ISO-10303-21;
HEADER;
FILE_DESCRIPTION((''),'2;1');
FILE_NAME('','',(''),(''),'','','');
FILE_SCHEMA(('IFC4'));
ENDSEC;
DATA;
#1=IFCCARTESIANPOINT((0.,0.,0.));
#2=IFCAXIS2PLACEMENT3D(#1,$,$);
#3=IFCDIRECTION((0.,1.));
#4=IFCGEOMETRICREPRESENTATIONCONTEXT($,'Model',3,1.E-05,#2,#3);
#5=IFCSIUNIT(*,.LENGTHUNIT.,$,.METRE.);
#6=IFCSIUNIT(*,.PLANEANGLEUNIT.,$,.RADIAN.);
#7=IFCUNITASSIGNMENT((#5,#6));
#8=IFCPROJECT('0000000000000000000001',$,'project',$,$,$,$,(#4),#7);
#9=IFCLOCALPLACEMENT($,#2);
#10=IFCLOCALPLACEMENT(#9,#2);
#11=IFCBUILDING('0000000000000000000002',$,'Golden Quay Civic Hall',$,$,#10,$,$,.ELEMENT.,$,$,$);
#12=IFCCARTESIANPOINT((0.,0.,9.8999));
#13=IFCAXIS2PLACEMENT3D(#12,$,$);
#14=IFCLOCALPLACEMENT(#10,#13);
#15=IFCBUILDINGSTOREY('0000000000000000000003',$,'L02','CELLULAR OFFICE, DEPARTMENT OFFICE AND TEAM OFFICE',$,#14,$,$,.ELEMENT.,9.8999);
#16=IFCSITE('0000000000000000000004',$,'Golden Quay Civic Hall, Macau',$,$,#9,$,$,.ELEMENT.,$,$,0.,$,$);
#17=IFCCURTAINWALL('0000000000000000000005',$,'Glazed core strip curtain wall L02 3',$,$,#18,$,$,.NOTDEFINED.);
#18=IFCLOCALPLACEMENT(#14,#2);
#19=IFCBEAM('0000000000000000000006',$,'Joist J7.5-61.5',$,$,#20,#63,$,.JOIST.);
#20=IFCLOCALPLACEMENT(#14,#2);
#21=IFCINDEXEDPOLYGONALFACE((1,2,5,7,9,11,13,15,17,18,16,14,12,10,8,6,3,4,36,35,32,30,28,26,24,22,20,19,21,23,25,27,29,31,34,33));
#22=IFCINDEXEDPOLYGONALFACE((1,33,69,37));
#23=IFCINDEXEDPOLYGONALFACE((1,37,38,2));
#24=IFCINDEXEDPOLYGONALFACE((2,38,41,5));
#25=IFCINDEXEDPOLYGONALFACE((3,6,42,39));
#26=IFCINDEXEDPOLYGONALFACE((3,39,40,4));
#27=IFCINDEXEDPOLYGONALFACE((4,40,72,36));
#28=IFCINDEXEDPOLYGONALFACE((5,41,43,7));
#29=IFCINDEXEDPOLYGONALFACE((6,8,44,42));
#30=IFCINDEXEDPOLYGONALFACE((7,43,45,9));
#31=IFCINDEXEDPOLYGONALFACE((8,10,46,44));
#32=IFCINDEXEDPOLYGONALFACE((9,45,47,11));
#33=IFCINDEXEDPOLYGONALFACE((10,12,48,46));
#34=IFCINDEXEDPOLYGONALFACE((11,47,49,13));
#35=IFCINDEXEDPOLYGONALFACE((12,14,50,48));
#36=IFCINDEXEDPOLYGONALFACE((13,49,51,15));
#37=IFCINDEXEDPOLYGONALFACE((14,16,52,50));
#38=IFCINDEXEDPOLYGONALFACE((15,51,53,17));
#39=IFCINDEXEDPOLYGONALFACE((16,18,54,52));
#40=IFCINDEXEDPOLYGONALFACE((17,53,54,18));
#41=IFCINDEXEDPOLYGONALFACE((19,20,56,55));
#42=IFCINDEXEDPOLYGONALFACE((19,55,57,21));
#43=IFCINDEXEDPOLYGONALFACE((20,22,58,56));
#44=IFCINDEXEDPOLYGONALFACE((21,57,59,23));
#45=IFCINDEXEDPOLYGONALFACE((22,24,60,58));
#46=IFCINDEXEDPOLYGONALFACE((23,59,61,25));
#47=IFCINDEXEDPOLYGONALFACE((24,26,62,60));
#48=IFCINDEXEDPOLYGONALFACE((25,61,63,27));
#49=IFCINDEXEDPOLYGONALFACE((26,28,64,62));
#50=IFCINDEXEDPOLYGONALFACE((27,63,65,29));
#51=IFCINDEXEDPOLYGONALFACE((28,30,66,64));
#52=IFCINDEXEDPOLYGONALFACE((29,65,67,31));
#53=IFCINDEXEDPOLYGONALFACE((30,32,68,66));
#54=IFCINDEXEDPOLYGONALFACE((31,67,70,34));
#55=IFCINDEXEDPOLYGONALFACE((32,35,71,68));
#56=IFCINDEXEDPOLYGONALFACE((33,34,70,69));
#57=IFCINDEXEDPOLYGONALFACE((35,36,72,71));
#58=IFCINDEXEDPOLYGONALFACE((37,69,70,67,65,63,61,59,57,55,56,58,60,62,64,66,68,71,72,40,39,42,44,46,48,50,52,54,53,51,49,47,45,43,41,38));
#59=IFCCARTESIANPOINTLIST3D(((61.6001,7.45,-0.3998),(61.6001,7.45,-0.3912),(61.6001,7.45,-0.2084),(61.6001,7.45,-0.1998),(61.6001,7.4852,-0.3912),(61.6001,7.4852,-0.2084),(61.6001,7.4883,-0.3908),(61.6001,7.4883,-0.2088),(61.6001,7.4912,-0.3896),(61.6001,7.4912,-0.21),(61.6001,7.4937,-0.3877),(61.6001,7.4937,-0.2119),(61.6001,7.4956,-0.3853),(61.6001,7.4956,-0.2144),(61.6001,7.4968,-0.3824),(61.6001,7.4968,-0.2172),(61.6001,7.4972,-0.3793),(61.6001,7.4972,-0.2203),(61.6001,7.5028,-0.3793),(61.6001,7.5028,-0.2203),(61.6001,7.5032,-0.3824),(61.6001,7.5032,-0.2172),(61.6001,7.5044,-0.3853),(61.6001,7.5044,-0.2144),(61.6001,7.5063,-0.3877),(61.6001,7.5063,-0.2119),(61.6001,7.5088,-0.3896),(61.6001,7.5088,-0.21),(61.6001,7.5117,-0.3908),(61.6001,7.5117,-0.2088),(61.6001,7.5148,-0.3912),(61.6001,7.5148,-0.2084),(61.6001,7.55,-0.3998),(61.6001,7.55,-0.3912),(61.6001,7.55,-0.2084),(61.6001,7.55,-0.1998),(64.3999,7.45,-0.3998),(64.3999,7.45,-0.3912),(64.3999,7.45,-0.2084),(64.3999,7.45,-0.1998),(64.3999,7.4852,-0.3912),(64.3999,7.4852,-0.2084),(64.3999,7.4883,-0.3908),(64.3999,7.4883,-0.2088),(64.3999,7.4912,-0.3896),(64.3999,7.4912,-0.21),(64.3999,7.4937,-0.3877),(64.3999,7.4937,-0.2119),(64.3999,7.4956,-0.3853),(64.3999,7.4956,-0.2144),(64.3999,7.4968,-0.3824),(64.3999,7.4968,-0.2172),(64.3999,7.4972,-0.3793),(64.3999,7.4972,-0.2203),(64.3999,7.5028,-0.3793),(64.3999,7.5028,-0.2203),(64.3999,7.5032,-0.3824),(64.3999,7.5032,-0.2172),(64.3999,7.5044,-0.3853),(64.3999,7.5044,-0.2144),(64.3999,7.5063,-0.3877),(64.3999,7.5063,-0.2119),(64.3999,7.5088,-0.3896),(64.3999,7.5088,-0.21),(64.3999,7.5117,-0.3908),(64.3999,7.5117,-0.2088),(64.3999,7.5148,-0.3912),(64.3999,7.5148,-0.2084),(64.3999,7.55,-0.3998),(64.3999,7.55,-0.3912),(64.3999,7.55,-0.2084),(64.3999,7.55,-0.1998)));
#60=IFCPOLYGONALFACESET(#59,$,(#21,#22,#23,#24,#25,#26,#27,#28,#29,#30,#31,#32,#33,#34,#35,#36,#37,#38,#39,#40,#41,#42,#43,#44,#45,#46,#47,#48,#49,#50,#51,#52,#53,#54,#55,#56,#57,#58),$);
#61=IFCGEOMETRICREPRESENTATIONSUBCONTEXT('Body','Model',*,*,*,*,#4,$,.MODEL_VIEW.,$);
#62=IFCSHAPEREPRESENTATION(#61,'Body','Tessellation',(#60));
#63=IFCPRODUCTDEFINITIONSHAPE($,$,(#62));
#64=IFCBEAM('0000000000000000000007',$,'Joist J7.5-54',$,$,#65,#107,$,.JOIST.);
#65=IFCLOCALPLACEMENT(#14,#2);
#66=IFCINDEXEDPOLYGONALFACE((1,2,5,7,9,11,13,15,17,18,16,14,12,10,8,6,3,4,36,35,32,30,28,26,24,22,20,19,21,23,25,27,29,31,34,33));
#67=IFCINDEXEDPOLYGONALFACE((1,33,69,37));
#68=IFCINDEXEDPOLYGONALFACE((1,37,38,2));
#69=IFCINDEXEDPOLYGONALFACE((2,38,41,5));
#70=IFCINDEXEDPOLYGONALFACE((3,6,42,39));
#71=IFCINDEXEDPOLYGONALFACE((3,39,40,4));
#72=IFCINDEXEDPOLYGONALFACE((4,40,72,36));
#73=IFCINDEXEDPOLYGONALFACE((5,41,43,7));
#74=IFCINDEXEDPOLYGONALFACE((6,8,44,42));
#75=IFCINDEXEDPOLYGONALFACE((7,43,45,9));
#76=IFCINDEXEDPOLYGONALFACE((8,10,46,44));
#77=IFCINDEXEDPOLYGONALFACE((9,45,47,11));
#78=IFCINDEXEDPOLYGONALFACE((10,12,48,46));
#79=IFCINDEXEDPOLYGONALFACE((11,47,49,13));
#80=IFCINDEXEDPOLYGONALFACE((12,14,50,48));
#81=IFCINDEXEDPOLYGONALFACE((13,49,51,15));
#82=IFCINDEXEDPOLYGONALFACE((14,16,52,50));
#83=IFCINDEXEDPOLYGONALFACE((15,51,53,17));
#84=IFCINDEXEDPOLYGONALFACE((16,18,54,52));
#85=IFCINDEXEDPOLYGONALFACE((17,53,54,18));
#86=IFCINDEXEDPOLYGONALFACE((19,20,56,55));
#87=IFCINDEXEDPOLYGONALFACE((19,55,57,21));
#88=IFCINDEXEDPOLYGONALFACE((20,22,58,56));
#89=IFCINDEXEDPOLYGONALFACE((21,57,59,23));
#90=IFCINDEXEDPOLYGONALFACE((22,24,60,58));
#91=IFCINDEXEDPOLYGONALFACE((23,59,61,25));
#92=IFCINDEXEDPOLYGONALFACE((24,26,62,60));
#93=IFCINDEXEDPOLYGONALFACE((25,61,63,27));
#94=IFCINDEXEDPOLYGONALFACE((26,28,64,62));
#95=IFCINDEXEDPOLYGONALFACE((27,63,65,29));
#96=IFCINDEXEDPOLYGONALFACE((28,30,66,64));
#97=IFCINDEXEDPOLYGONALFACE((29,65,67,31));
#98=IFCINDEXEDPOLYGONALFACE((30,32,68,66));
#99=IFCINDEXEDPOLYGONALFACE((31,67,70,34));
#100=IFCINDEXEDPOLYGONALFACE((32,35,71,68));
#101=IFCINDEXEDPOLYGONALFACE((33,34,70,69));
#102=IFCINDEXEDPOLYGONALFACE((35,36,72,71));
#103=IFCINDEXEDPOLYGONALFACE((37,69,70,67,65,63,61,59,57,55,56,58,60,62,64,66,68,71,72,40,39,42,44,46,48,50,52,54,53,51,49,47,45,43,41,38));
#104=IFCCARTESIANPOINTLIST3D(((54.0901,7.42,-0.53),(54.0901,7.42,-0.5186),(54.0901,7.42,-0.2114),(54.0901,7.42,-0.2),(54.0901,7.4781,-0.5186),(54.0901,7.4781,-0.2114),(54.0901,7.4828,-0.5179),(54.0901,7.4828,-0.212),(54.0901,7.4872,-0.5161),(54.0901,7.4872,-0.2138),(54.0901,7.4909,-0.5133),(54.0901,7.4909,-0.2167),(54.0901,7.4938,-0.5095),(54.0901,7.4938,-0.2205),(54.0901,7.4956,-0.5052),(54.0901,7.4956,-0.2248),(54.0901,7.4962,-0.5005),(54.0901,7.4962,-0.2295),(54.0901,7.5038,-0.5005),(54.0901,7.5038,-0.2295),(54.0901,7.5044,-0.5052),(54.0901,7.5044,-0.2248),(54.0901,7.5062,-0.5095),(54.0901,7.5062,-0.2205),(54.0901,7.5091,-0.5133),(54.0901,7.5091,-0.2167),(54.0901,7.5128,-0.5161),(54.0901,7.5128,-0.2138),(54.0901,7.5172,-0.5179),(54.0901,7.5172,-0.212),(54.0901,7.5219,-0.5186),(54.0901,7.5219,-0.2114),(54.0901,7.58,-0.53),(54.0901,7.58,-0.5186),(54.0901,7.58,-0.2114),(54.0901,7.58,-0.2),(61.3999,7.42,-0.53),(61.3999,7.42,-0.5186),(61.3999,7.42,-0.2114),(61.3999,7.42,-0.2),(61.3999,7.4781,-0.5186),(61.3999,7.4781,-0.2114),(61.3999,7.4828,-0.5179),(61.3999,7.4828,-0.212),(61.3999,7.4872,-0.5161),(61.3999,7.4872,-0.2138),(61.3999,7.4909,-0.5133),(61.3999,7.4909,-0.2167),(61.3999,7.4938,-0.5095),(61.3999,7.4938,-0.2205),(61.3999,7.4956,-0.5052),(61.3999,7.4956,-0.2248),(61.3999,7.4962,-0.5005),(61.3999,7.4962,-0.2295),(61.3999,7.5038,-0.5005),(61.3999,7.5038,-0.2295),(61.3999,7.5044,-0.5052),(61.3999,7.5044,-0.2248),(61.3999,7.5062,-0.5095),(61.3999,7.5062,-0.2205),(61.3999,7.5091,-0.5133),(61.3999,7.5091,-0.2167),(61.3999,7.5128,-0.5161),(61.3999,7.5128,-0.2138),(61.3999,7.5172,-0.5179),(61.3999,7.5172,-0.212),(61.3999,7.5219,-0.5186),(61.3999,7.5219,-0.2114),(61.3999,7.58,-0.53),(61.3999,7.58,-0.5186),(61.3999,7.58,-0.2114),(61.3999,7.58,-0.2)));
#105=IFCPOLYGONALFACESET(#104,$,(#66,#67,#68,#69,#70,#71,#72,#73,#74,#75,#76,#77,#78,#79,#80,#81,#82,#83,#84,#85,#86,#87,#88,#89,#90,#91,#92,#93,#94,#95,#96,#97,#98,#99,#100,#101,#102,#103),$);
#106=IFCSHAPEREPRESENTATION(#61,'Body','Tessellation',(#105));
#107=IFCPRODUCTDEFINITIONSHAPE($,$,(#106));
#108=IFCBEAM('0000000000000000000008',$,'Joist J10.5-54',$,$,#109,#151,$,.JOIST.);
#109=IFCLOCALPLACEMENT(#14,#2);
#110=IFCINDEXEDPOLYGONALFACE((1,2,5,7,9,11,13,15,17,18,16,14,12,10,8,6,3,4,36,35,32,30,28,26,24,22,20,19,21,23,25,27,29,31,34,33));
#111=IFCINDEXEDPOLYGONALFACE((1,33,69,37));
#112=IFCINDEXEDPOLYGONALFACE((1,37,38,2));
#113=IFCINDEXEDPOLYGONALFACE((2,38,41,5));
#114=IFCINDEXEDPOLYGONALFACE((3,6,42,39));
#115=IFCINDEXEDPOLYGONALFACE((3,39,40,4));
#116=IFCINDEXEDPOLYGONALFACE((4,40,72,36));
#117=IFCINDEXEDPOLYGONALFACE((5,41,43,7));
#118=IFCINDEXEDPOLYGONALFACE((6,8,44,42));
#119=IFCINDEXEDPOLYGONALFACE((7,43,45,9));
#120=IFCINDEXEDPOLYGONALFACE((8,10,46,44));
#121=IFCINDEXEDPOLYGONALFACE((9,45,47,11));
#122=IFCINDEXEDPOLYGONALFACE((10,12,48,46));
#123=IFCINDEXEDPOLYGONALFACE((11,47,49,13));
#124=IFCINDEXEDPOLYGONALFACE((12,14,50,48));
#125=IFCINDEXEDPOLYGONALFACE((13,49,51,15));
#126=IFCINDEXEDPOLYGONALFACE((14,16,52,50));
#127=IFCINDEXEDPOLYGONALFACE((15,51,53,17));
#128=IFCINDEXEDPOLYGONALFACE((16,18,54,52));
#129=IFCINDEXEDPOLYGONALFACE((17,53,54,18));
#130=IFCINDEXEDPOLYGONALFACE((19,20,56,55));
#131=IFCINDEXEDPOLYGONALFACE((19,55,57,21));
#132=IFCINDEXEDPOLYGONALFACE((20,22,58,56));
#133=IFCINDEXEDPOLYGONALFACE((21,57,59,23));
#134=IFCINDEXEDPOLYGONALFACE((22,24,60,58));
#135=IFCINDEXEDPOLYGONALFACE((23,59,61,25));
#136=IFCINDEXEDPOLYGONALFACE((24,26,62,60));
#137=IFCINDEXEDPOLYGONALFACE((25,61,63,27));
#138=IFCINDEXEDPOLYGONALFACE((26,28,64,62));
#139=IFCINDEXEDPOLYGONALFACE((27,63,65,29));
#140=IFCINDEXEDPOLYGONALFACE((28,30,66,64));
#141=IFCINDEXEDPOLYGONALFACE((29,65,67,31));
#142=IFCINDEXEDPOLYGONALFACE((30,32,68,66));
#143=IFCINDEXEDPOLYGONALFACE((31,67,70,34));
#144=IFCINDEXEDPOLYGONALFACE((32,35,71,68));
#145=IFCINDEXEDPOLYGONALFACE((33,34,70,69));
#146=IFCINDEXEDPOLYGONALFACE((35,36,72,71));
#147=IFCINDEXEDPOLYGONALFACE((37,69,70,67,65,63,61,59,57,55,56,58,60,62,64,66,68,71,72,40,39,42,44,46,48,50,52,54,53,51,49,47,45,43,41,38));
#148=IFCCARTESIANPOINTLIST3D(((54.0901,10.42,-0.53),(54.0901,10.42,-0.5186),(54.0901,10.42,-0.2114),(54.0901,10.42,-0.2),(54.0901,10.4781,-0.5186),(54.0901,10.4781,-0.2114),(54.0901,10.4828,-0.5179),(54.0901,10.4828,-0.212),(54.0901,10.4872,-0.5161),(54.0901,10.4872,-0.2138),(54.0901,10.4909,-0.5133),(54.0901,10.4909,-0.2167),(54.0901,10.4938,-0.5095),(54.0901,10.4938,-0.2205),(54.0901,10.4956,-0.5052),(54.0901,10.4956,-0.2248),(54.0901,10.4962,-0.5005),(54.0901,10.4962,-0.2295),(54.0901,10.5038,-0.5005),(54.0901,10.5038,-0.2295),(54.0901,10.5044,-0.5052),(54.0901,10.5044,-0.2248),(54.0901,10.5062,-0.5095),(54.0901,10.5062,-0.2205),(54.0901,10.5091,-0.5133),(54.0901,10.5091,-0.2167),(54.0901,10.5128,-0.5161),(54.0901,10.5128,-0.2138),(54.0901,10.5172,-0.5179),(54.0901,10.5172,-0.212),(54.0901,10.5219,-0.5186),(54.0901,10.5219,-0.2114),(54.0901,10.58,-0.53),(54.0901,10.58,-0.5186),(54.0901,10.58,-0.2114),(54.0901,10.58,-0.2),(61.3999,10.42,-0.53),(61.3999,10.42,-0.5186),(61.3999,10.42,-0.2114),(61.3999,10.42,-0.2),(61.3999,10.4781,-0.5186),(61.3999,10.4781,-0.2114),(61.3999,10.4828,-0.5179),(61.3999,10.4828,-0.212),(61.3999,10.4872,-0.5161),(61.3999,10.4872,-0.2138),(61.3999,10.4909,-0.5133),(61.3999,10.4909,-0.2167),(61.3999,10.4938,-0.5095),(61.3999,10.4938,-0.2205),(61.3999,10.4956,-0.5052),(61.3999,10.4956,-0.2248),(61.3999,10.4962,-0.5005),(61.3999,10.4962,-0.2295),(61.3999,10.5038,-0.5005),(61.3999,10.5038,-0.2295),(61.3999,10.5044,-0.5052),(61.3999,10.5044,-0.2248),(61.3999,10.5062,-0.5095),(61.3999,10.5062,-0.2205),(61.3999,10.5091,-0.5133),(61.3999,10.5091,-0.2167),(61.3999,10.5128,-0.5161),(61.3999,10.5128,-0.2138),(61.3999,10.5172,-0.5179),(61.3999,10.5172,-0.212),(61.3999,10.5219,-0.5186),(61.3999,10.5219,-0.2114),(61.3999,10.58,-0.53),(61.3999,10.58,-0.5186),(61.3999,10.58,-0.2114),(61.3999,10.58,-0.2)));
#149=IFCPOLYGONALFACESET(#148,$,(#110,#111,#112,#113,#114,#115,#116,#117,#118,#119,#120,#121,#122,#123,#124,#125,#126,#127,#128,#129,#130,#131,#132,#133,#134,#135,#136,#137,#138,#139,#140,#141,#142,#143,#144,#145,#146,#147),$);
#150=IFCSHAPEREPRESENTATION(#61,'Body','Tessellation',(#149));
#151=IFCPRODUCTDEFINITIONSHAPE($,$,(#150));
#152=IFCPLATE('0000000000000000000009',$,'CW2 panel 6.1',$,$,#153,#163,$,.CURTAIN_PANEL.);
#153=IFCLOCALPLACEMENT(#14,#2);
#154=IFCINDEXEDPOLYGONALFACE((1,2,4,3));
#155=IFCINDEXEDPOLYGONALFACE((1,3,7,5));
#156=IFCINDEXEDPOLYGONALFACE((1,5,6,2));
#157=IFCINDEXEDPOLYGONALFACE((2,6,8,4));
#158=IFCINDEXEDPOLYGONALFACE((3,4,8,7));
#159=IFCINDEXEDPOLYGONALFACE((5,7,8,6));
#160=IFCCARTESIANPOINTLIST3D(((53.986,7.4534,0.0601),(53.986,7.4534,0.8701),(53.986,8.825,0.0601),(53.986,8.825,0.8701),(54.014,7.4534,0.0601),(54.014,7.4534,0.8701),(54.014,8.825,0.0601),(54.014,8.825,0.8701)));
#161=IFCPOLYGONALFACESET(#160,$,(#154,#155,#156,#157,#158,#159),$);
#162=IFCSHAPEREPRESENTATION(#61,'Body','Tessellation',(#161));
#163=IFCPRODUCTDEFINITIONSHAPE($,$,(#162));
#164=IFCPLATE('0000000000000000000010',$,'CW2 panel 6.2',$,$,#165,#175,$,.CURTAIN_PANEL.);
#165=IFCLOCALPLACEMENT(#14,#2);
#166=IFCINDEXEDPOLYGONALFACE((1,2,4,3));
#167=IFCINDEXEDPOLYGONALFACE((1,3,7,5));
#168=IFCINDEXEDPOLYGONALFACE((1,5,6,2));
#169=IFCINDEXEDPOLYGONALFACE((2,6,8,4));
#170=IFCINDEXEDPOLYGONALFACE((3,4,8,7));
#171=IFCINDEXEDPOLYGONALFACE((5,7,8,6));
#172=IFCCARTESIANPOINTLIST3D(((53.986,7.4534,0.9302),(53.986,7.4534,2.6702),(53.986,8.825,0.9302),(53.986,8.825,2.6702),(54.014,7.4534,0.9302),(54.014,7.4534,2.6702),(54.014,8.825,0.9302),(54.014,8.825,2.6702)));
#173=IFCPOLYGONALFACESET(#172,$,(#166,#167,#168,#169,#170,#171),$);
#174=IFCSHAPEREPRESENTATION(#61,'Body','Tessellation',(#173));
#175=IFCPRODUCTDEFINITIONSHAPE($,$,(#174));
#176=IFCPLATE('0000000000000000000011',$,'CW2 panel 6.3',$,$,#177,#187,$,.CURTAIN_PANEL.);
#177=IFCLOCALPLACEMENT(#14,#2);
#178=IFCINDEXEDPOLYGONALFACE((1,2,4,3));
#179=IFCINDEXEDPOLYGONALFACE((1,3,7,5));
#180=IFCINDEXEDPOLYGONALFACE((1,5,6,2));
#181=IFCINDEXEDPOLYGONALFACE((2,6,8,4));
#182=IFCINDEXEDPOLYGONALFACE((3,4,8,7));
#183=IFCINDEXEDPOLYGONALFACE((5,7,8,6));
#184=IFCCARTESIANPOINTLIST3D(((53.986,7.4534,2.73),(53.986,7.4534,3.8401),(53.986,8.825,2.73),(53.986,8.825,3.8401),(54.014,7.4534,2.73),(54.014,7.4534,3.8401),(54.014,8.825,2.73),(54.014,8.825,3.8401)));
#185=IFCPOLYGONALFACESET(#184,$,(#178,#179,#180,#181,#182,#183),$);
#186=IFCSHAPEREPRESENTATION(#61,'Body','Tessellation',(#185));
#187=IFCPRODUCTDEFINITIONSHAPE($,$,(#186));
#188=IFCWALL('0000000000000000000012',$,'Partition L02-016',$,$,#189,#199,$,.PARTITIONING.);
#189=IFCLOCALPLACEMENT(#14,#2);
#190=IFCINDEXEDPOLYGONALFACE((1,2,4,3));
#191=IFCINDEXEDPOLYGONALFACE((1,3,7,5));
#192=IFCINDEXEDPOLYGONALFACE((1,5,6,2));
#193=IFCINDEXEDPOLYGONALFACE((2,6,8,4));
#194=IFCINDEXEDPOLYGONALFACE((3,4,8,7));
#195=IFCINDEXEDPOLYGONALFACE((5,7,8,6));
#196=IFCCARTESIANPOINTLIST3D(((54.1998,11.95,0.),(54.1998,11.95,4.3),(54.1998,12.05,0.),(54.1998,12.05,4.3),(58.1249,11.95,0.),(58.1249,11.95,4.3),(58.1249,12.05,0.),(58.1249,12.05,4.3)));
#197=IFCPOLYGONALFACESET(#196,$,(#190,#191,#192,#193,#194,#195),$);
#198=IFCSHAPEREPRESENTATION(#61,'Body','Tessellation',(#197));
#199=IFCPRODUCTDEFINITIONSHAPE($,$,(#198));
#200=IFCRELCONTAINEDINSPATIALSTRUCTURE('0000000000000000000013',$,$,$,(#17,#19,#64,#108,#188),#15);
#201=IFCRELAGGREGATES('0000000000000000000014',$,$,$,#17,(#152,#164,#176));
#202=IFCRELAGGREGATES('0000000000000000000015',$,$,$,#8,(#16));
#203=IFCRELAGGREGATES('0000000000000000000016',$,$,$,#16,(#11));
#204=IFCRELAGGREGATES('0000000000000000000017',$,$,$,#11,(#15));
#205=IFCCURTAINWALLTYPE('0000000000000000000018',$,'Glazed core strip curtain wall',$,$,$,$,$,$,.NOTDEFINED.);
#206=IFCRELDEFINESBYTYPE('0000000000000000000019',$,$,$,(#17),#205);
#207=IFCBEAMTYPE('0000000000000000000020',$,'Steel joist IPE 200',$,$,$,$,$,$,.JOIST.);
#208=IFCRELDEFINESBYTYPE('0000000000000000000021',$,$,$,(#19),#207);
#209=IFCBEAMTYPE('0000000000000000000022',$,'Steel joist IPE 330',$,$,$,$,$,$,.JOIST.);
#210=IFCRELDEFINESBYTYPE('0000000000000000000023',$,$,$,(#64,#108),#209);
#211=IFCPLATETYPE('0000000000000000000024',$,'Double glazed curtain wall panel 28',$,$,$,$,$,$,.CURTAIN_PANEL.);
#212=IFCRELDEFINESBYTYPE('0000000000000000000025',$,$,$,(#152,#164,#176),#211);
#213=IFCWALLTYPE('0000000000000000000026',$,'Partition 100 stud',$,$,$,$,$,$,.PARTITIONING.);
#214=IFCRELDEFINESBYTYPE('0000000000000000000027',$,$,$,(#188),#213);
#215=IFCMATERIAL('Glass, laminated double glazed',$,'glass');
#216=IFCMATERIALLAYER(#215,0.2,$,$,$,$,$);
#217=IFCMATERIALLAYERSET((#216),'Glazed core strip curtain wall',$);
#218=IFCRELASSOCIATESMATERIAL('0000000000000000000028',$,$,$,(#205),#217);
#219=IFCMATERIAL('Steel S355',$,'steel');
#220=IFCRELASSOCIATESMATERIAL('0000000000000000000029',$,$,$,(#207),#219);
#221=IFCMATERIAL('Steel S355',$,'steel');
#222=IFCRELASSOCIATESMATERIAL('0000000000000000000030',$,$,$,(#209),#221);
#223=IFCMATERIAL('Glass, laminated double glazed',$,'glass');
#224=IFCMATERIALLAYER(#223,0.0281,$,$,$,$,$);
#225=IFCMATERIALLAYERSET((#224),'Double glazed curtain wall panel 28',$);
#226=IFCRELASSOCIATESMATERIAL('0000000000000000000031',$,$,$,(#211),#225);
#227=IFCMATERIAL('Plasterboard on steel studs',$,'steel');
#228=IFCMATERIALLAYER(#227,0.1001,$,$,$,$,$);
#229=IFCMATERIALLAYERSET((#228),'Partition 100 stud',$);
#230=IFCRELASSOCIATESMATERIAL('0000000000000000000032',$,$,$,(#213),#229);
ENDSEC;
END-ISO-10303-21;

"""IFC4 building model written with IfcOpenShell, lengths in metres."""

from ifc_helpers import new_model, si_unit, direction, frame, frame_2d, origin, origin_2d, place, context, subcontext, project, spatial, rectangle, i_section, extrude, material, layer, layer_set, material_profile, profile_set, type_object, element, aggregate, save


model = new_model("IFC4")

# Units and contexts
model_context = context("Model", 3, precision=1e-05, world=origin(), true_north=direction((0.0, 1.0)))
body_context = subcontext(model_context, "Body", "Model", "MODEL_VIEW")
ifc_project = project(units=[si_unit("LENGTHUNIT", "METRE"), si_unit("PLANEANGLEUNIT", "RADIAN")], contexts=[model_context])

# Site, building, storey
site_placement = place(None, origin())
site = spatial("IfcSite", under=ifc_project, at=site_placement, Name="Golden Quay Civic Hall, Macau", CompositionType="ELEMENT", RefElevation=0.0)
building_placement = place(site_placement, origin())
building = spatial("IfcBuilding", under=site, at=building_placement, Name="Golden Quay Civic Hall", CompositionType="ELEMENT")
storey_placement = place(building_placement, frame((0.0, 0.0, 9.8999)))
storey = spatial("IfcBuildingStorey", under=building, at=storey_placement, Name="L02", Description="CELLULAR OFFICE, DEPARTMENT OFFICE AND TEAM OFFICE", CompositionType="ELEMENT", Elevation=9.8999)

# Curtain wall
ifc_material_1 = material(Name="Glass, laminated double glazed", Category="glass")
ifc_layer_1 = layer(ifc_material_1, 0.2)
ifc_layer_set_1 = layer_set([ifc_layer_1], Name="Glazed core strip curtain wall")
curtain_wall_type = type_object("IfcCurtainWallType", Name="Glazed core strip curtain wall", PredefinedType="NOTDEFINED", material=ifc_layer_set_1)
curtain_wall_placement = place(storey_placement, origin())
curtain_wall = element("IfcCurtainWall", 1, at=curtain_wall_placement, inside=storey, type_object=curtain_wall_type, Name="Glazed core strip curtain wall L02 3", PredefinedType="NOTDEFINED")

# Beams
ifc_material_2 = material(Name="Steel S355", Category="steel")
ifc_material_profile_1 = material_profile(ifc_material_2, i_section(OverallWidth=0.1001, OverallDepth=0.2, WebThickness=0.0056, FlangeThickness=0.0085, FilletRadius=0.012, at=origin_2d()), Name="IPE 200")
ifc_profile_set_1 = profile_set([ifc_material_profile_1], Name="Steel S355")
beam_type_1 = type_object("IfcBeamType", Name="Steel joist IPE 200", PredefinedType="JOIST", material=ifc_profile_set_1)
beam_1_placement = place(storey_placement, frame((61.6001, 7.5, -0.2998), z_axis=(1.0, 0.0, 0.0), x_axis=(0.0, 1.0, 0.0)))
element("IfcBeam", 2, at=beam_1_placement, inside=storey, type_object=beam_type_1, Name="Joist J7.5-61.5", PredefinedType="JOIST", context=body_context, shape_type="SweptSolid", body=[
    extrude(i_section(OverallWidth=0.1001, OverallDepth=0.2, WebThickness=0.0056, FlangeThickness=0.0085, FilletRadius=0.012, at=origin_2d()), origin(), (0.0, 0.0, 1.0), 2.7998),
])
ifc_material_3 = material(Name="Steel S355", Category="steel")
ifc_material_profile_2 = material_profile(ifc_material_3, i_section(OverallWidth=0.1599, OverallDepth=0.3301, WebThickness=0.0076, FlangeThickness=0.0115, FilletRadius=0.0181, at=origin_2d()), Name="IPE 330")
ifc_profile_set_2 = profile_set([ifc_material_profile_2], Name="Steel S355")
beam_type_2 = type_object("IfcBeamType", Name="Steel joist IPE 330", PredefinedType="JOIST", material=ifc_profile_set_2)
for number, where, z_axis, x_axis, name in (
    (3, (54.0901, 7.5, -0.365), (1.0, 0.0, 0.0), (0.0, 1.0, 0.0), "Joist J7.5-54"),
    (4, (54.0901, 10.5, -0.365), (1.0, 0.0, 0.0), (0.0, 1.0, 0.0), "Joist J10.5-54"),
):
    element("IfcBeam", number, at=place(storey_placement, frame(where, z_axis=z_axis, x_axis=x_axis)), inside=storey, type_object=beam_type_2, Name=name, PredefinedType="JOIST", context=body_context, shape_type="SweptSolid", body=[
        extrude(i_section(OverallWidth=0.1599, OverallDepth=0.3301, WebThickness=0.0076, FlangeThickness=0.0115, FilletRadius=0.0181, at=origin_2d()), origin(), (0.0, 0.0, 1.0), 7.3098),
    ])

# Plates
ifc_material_4 = material(Name="Glass, laminated double glazed", Category="glass")
ifc_layer_2 = layer(ifc_material_4, 0.0281)
ifc_layer_set_2 = layer_set([ifc_layer_2], Name="Double glazed curtain wall panel 28")
plate_type = type_object("IfcPlateType", Name="Double glazed curtain wall panel 28", PredefinedType="CURTAIN_PANEL", material=ifc_layer_set_2)
plate_1_placement = place(storey_placement, frame((54.0, 8.1392, 0.0601), z_axis=(0.0, 0.0, 1.0), x_axis=(0.0, 1.0, 0.0)))
plate_1 = element("IfcPlate", 5, at=plate_1_placement, type_object=plate_type, Name="CW2 panel 6.1", PredefinedType="CURTAIN_PANEL", context=body_context, shape_type="SweptSolid", body=[
    extrude(rectangle(XDim=1.3716, YDim=0.0281, at=origin_2d()), origin(), (0.0, 0.0, 1.0), 0.8101),
])
plate_2_placement = place(storey_placement, frame((54.0, 8.1392, 0.9302), z_axis=(0.0, 0.0, 1.0), x_axis=(0.0, 1.0, 0.0)))
plate_2 = element("IfcPlate", 6, at=plate_2_placement, type_object=plate_type, Name="CW2 panel 6.2", PredefinedType="CURTAIN_PANEL", context=body_context, shape_type="SweptSolid", body=[
    extrude(rectangle(XDim=1.3716, YDim=0.0281, at=origin_2d()), origin(), (0.0, 0.0, 1.0), 1.74),
])
plate_3_placement = place(storey_placement, frame((54.0, 8.1392, 2.73), z_axis=(0.0, 0.0, 1.0), x_axis=(0.0, 1.0, 0.0)))
plate_3 = element("IfcPlate", 7, at=plate_3_placement, type_object=plate_type, Name="CW2 panel 6.3", PredefinedType="CURTAIN_PANEL", context=body_context, shape_type="SweptSolid", body=[
    extrude(rectangle(XDim=1.3716, YDim=0.0281, at=origin_2d()), origin(), (0.0, 0.0, 1.0), 1.1101),
])
aggregate(curtain_wall, [plate_1, plate_2, plate_3])

# Wall
ifc_material_5 = material(Name="Plasterboard on steel studs", Category="steel")
ifc_layer_3 = layer(ifc_material_5, 0.1001)
ifc_layer_set_3 = layer_set([ifc_layer_3], Name="Partition 100 stud")
wall_type_1 = type_object("IfcWallType", Name="Partition 100 stud", PredefinedType="PARTITIONING", material=ifc_layer_set_3)
wall_1_placement = place(storey_placement, frame((54.2, 12.0, 0.0), z_axis=(0.0, 0.0, 1.0), x_axis=(1.0, 0.0, 0.0)))
element("IfcWall", 8, at=wall_1_placement, inside=storey, type_object=wall_type_1, Name="Partition L02-016", PredefinedType="PARTITIONING", context=body_context, shape_type="SweptSolid", body=[
    extrude(rectangle(XDim=3.925, YDim=0.1001, at=frame_2d((1.9624, 0.0))), origin(), (0.0, 0.0, 1.0), 4.3),
])

save(model, "model.ifc")
